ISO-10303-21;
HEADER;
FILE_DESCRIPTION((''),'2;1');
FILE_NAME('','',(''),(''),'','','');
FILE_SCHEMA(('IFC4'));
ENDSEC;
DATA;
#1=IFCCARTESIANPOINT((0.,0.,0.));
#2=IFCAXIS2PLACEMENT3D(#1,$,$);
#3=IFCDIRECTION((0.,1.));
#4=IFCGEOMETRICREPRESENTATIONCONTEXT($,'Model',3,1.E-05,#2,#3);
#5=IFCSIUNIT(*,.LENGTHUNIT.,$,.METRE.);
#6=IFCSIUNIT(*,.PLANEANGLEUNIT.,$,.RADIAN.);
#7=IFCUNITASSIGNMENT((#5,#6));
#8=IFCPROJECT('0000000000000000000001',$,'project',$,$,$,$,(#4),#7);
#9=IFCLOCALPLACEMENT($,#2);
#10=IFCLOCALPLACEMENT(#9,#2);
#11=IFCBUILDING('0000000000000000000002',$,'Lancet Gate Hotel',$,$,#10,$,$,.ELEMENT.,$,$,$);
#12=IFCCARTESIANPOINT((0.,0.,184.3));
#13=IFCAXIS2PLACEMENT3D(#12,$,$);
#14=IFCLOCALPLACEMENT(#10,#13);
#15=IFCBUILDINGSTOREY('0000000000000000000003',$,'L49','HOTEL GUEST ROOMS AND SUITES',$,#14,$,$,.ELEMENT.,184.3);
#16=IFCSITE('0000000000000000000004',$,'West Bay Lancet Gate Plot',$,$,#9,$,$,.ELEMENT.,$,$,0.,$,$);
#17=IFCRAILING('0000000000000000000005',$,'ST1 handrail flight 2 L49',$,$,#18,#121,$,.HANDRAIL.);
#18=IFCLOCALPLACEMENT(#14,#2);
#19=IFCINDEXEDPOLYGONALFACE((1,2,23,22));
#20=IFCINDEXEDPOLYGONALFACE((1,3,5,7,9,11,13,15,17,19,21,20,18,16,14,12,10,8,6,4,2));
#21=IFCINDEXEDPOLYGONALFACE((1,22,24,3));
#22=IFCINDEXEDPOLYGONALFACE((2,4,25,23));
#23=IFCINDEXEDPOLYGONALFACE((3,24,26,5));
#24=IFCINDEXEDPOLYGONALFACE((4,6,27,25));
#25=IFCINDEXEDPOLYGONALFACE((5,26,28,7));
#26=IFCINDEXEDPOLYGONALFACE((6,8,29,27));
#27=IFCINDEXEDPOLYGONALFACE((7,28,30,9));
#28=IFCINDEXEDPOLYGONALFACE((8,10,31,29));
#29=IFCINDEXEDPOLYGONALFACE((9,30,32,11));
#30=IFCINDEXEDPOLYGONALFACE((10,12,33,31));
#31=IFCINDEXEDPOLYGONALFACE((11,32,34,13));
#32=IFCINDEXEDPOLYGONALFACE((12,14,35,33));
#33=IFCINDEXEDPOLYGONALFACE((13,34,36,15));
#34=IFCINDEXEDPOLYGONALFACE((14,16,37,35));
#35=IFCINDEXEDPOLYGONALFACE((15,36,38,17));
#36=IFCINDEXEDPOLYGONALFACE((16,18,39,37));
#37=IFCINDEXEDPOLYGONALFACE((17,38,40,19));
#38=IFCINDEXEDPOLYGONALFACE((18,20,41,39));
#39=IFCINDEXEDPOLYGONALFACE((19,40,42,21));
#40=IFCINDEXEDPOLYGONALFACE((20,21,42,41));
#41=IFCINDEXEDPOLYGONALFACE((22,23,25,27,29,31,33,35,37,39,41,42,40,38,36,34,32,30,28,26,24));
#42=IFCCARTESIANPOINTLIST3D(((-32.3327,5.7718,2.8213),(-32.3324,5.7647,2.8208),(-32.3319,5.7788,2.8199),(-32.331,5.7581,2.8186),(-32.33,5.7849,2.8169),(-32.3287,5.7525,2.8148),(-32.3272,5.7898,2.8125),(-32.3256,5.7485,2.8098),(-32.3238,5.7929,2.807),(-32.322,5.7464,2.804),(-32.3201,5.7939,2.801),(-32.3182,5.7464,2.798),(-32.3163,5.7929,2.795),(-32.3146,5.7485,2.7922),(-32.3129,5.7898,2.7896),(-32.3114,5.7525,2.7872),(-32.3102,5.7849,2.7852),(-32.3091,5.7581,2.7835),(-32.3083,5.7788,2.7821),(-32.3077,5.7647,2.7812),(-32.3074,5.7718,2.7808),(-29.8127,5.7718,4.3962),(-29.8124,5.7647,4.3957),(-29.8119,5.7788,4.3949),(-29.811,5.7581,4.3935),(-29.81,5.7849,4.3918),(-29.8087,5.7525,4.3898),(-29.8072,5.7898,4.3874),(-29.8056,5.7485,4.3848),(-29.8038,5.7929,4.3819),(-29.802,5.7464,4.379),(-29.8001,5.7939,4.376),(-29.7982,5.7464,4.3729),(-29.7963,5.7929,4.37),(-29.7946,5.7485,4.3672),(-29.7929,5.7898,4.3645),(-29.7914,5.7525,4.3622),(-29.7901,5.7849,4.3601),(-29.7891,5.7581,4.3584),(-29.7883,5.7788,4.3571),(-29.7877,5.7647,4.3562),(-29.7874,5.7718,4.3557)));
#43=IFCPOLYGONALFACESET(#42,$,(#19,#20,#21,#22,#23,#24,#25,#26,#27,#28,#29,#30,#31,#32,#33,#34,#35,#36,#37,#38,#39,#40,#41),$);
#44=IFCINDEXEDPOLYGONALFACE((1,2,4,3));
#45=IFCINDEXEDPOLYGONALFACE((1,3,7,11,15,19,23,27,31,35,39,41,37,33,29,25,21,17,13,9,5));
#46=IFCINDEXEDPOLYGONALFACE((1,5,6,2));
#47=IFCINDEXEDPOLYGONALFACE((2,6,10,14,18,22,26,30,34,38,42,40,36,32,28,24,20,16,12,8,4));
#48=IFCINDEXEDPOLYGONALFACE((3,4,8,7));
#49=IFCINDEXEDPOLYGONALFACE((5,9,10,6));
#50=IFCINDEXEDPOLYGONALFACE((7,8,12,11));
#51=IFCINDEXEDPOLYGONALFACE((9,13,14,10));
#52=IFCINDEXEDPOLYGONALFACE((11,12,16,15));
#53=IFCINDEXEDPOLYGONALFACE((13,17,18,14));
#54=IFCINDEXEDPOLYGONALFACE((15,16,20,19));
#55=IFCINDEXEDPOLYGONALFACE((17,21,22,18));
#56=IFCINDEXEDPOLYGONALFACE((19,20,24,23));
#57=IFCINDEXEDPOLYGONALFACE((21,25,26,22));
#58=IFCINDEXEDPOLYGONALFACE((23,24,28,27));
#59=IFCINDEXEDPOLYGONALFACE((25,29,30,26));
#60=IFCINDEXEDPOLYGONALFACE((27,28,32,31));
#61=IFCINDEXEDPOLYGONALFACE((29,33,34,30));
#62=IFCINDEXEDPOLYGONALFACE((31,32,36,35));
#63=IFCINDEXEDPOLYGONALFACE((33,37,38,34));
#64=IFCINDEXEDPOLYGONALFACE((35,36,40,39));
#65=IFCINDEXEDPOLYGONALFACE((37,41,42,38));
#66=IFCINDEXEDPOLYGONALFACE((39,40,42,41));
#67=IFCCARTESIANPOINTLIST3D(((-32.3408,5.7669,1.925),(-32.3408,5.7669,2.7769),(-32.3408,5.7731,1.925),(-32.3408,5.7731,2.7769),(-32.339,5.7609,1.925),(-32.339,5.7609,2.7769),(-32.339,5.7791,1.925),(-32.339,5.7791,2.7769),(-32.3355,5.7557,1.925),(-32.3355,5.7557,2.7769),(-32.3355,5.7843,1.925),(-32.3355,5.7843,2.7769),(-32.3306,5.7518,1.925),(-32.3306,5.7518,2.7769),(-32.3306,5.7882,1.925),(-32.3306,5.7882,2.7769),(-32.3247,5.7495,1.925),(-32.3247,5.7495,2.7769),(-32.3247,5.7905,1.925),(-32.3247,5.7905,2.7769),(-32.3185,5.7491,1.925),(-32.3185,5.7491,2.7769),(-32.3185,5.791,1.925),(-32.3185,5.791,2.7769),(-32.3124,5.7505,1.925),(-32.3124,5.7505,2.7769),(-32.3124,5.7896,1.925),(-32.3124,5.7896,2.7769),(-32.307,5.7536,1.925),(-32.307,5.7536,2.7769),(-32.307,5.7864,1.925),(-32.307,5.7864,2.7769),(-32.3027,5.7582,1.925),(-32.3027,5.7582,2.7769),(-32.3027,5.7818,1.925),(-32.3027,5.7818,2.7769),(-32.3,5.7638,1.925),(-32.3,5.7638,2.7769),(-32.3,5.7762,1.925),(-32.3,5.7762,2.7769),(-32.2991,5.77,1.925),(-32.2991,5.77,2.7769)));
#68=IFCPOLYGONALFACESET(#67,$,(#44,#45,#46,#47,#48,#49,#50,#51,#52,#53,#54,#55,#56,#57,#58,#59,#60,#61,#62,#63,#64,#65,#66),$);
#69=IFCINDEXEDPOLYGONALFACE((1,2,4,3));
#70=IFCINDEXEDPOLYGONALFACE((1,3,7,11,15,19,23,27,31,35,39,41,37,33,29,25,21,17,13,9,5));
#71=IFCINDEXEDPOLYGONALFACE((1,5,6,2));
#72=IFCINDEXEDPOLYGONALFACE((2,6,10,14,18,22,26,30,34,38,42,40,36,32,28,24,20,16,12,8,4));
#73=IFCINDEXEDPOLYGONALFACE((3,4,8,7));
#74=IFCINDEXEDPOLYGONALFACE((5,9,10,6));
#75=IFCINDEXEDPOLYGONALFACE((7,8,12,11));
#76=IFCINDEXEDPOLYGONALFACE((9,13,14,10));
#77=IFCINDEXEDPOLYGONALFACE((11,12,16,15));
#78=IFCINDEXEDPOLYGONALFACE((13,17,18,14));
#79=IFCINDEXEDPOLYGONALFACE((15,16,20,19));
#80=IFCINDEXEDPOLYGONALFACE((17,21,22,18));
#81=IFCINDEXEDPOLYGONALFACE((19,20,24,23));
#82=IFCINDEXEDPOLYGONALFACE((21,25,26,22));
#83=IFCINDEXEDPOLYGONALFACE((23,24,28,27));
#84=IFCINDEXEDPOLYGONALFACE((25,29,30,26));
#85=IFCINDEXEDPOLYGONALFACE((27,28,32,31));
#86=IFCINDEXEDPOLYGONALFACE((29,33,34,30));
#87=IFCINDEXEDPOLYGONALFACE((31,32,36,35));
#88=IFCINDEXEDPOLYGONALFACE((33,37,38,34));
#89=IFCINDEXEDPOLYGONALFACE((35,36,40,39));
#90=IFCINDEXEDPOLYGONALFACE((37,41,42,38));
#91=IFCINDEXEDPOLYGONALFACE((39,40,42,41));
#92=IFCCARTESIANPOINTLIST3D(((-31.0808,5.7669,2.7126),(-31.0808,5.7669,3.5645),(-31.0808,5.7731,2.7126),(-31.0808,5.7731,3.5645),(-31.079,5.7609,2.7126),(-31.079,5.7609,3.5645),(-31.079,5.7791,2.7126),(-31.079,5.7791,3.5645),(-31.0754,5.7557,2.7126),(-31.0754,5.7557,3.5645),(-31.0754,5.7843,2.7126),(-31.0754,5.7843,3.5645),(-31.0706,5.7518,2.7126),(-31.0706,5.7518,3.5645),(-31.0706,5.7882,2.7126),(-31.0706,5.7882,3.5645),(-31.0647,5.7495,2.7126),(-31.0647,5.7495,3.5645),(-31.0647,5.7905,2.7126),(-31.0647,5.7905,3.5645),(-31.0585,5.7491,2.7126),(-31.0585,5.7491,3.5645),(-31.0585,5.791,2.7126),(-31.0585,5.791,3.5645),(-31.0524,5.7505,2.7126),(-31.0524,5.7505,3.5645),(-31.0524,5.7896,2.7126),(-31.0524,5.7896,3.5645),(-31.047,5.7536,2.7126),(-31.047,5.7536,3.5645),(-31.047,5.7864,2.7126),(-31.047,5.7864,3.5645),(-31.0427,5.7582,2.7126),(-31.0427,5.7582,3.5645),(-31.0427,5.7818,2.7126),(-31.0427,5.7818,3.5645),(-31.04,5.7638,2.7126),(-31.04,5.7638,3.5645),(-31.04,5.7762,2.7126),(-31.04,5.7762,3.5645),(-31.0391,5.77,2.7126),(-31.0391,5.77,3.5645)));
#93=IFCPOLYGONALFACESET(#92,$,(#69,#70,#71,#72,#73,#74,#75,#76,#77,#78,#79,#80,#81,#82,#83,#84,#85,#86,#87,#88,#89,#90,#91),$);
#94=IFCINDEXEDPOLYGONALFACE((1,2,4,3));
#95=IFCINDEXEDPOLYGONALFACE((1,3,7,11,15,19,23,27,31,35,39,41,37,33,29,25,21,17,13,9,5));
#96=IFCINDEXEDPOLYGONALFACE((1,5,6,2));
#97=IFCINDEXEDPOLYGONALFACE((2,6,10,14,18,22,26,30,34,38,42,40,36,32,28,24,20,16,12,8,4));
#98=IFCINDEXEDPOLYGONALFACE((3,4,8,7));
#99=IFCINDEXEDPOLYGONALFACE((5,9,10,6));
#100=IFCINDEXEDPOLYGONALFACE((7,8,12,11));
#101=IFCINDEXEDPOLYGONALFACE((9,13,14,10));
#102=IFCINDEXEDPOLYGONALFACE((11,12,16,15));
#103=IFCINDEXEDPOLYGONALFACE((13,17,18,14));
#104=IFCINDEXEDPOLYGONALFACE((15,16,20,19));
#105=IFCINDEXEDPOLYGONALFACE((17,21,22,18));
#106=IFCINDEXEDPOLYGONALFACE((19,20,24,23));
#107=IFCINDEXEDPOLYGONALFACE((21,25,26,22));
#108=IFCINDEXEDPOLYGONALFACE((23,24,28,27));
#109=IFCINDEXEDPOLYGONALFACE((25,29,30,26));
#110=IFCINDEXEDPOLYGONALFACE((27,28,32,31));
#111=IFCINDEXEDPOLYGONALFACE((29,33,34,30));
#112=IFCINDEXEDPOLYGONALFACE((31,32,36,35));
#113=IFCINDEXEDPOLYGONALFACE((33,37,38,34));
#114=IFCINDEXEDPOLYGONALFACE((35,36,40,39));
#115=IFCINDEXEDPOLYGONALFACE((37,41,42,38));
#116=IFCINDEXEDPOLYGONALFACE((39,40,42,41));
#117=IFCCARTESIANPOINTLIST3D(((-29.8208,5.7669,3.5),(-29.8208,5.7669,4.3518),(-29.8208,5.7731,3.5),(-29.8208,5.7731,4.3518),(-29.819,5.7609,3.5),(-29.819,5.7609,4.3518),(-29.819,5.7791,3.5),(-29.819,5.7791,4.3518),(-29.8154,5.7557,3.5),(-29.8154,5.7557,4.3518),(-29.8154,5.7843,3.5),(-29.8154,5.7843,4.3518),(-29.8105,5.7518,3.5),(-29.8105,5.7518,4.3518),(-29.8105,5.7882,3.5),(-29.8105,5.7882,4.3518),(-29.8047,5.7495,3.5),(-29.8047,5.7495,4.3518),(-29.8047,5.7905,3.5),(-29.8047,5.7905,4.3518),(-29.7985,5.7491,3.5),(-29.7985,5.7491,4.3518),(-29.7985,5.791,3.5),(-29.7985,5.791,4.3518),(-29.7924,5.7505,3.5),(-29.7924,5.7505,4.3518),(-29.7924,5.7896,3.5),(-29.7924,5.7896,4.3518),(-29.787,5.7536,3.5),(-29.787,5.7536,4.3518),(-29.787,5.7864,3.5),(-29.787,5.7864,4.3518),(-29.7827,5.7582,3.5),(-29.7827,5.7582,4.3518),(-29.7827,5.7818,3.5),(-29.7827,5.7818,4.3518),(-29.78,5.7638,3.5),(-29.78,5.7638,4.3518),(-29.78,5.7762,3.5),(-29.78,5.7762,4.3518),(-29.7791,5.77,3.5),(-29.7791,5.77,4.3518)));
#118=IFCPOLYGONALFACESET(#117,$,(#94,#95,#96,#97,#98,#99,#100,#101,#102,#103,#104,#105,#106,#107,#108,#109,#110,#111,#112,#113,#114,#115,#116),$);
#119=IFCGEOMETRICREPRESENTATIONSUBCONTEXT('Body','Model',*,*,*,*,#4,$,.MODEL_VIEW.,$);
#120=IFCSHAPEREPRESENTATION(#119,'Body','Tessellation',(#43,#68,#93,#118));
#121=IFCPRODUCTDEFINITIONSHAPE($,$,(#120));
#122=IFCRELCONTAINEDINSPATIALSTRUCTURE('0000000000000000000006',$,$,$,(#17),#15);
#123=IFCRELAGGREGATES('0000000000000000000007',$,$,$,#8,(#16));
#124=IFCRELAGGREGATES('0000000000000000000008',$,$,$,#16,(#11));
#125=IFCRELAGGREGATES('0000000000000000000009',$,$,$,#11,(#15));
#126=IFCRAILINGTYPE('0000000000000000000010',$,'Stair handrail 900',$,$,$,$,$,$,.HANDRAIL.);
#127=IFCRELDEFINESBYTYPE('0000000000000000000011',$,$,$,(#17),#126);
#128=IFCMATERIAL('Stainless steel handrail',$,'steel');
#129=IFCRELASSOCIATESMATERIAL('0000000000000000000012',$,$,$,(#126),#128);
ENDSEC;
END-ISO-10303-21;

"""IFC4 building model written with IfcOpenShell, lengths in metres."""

from ifc_helpers import new_model, si_unit, direction, frame, origin, origin_2d, place, context, subcontext, project, spatial, circle, extrude, material, type_object, element, save


model = new_model("IFC4")

# Units and contexts
model_context = context("Model", 3, precision=1e-05, world=origin(), true_north=direction((0.0, 1.0)))
body_context = subcontext(model_context, "Body", "Model", "MODEL_VIEW")
ifc_project = project(units=[si_unit("LENGTHUNIT", "METRE"), si_unit("PLANEANGLEUNIT", "RADIAN")], contexts=[model_context])

# Site, building, storey
site_placement = place(None, origin())
site = spatial("IfcSite", under=ifc_project, at=site_placement, Name="West Bay Lancet Gate Plot", CompositionType="ELEMENT", RefElevation=0.0)
building_placement = place(site_placement, origin())
building = spatial("IfcBuilding", under=site, at=building_placement, Name="Lancet Gate Hotel", CompositionType="ELEMENT")
storey_placement = place(building_placement, frame((0.0, 0.0, 184.3)))
storey = spatial("IfcBuildingStorey", under=building, at=storey_placement, Name="L49", Description="HOTEL GUEST ROOMS AND SUITES", CompositionType="ELEMENT", Elevation=184.3)

# Railing
ifc_material_1 = material(Name="Stainless steel handrail", Category="steel")
railing_type = type_object("IfcRailingType", Name="Stair handrail 900", PredefinedType="HANDRAIL", material=ifc_material_1)
railing_1_placement = place(storey_placement, frame((-32.3201, 5.77, 1.925)))
element("IfcRailing", 1, at=railing_1_placement, inside=storey, type_object=railing_type, Name="ST1 handrail flight 2 L49", PredefinedType="HANDRAIL", context=body_context, shape_type="SweptSolid", body=[
    extrude(circle(Radius=0.0239, at=origin_2d()), frame((0.0, 0.0, 0.876), z_axis=(0.848008, 0.0, 0.529984), x_axis=(0.0, 1.0, 0.0)), (0.0, 0.0, 1.0), 2.9717),
    extrude(circle(Radius=0.021, at=origin_2d()), origin(), (0.0, 0.0, 1.0), 0.8518),
    extrude(circle(Radius=0.021, at=origin_2d()), frame((1.26, 0.0, 0.7876)), (0.0, 0.0, 1.0), 0.8518),
    extrude(circle(Radius=0.021, at=origin_2d()), frame((2.52, 0.0, 1.575)), (0.0, 0.0, 1.0), 0.8518),
])

save(model, "model.ifc")
